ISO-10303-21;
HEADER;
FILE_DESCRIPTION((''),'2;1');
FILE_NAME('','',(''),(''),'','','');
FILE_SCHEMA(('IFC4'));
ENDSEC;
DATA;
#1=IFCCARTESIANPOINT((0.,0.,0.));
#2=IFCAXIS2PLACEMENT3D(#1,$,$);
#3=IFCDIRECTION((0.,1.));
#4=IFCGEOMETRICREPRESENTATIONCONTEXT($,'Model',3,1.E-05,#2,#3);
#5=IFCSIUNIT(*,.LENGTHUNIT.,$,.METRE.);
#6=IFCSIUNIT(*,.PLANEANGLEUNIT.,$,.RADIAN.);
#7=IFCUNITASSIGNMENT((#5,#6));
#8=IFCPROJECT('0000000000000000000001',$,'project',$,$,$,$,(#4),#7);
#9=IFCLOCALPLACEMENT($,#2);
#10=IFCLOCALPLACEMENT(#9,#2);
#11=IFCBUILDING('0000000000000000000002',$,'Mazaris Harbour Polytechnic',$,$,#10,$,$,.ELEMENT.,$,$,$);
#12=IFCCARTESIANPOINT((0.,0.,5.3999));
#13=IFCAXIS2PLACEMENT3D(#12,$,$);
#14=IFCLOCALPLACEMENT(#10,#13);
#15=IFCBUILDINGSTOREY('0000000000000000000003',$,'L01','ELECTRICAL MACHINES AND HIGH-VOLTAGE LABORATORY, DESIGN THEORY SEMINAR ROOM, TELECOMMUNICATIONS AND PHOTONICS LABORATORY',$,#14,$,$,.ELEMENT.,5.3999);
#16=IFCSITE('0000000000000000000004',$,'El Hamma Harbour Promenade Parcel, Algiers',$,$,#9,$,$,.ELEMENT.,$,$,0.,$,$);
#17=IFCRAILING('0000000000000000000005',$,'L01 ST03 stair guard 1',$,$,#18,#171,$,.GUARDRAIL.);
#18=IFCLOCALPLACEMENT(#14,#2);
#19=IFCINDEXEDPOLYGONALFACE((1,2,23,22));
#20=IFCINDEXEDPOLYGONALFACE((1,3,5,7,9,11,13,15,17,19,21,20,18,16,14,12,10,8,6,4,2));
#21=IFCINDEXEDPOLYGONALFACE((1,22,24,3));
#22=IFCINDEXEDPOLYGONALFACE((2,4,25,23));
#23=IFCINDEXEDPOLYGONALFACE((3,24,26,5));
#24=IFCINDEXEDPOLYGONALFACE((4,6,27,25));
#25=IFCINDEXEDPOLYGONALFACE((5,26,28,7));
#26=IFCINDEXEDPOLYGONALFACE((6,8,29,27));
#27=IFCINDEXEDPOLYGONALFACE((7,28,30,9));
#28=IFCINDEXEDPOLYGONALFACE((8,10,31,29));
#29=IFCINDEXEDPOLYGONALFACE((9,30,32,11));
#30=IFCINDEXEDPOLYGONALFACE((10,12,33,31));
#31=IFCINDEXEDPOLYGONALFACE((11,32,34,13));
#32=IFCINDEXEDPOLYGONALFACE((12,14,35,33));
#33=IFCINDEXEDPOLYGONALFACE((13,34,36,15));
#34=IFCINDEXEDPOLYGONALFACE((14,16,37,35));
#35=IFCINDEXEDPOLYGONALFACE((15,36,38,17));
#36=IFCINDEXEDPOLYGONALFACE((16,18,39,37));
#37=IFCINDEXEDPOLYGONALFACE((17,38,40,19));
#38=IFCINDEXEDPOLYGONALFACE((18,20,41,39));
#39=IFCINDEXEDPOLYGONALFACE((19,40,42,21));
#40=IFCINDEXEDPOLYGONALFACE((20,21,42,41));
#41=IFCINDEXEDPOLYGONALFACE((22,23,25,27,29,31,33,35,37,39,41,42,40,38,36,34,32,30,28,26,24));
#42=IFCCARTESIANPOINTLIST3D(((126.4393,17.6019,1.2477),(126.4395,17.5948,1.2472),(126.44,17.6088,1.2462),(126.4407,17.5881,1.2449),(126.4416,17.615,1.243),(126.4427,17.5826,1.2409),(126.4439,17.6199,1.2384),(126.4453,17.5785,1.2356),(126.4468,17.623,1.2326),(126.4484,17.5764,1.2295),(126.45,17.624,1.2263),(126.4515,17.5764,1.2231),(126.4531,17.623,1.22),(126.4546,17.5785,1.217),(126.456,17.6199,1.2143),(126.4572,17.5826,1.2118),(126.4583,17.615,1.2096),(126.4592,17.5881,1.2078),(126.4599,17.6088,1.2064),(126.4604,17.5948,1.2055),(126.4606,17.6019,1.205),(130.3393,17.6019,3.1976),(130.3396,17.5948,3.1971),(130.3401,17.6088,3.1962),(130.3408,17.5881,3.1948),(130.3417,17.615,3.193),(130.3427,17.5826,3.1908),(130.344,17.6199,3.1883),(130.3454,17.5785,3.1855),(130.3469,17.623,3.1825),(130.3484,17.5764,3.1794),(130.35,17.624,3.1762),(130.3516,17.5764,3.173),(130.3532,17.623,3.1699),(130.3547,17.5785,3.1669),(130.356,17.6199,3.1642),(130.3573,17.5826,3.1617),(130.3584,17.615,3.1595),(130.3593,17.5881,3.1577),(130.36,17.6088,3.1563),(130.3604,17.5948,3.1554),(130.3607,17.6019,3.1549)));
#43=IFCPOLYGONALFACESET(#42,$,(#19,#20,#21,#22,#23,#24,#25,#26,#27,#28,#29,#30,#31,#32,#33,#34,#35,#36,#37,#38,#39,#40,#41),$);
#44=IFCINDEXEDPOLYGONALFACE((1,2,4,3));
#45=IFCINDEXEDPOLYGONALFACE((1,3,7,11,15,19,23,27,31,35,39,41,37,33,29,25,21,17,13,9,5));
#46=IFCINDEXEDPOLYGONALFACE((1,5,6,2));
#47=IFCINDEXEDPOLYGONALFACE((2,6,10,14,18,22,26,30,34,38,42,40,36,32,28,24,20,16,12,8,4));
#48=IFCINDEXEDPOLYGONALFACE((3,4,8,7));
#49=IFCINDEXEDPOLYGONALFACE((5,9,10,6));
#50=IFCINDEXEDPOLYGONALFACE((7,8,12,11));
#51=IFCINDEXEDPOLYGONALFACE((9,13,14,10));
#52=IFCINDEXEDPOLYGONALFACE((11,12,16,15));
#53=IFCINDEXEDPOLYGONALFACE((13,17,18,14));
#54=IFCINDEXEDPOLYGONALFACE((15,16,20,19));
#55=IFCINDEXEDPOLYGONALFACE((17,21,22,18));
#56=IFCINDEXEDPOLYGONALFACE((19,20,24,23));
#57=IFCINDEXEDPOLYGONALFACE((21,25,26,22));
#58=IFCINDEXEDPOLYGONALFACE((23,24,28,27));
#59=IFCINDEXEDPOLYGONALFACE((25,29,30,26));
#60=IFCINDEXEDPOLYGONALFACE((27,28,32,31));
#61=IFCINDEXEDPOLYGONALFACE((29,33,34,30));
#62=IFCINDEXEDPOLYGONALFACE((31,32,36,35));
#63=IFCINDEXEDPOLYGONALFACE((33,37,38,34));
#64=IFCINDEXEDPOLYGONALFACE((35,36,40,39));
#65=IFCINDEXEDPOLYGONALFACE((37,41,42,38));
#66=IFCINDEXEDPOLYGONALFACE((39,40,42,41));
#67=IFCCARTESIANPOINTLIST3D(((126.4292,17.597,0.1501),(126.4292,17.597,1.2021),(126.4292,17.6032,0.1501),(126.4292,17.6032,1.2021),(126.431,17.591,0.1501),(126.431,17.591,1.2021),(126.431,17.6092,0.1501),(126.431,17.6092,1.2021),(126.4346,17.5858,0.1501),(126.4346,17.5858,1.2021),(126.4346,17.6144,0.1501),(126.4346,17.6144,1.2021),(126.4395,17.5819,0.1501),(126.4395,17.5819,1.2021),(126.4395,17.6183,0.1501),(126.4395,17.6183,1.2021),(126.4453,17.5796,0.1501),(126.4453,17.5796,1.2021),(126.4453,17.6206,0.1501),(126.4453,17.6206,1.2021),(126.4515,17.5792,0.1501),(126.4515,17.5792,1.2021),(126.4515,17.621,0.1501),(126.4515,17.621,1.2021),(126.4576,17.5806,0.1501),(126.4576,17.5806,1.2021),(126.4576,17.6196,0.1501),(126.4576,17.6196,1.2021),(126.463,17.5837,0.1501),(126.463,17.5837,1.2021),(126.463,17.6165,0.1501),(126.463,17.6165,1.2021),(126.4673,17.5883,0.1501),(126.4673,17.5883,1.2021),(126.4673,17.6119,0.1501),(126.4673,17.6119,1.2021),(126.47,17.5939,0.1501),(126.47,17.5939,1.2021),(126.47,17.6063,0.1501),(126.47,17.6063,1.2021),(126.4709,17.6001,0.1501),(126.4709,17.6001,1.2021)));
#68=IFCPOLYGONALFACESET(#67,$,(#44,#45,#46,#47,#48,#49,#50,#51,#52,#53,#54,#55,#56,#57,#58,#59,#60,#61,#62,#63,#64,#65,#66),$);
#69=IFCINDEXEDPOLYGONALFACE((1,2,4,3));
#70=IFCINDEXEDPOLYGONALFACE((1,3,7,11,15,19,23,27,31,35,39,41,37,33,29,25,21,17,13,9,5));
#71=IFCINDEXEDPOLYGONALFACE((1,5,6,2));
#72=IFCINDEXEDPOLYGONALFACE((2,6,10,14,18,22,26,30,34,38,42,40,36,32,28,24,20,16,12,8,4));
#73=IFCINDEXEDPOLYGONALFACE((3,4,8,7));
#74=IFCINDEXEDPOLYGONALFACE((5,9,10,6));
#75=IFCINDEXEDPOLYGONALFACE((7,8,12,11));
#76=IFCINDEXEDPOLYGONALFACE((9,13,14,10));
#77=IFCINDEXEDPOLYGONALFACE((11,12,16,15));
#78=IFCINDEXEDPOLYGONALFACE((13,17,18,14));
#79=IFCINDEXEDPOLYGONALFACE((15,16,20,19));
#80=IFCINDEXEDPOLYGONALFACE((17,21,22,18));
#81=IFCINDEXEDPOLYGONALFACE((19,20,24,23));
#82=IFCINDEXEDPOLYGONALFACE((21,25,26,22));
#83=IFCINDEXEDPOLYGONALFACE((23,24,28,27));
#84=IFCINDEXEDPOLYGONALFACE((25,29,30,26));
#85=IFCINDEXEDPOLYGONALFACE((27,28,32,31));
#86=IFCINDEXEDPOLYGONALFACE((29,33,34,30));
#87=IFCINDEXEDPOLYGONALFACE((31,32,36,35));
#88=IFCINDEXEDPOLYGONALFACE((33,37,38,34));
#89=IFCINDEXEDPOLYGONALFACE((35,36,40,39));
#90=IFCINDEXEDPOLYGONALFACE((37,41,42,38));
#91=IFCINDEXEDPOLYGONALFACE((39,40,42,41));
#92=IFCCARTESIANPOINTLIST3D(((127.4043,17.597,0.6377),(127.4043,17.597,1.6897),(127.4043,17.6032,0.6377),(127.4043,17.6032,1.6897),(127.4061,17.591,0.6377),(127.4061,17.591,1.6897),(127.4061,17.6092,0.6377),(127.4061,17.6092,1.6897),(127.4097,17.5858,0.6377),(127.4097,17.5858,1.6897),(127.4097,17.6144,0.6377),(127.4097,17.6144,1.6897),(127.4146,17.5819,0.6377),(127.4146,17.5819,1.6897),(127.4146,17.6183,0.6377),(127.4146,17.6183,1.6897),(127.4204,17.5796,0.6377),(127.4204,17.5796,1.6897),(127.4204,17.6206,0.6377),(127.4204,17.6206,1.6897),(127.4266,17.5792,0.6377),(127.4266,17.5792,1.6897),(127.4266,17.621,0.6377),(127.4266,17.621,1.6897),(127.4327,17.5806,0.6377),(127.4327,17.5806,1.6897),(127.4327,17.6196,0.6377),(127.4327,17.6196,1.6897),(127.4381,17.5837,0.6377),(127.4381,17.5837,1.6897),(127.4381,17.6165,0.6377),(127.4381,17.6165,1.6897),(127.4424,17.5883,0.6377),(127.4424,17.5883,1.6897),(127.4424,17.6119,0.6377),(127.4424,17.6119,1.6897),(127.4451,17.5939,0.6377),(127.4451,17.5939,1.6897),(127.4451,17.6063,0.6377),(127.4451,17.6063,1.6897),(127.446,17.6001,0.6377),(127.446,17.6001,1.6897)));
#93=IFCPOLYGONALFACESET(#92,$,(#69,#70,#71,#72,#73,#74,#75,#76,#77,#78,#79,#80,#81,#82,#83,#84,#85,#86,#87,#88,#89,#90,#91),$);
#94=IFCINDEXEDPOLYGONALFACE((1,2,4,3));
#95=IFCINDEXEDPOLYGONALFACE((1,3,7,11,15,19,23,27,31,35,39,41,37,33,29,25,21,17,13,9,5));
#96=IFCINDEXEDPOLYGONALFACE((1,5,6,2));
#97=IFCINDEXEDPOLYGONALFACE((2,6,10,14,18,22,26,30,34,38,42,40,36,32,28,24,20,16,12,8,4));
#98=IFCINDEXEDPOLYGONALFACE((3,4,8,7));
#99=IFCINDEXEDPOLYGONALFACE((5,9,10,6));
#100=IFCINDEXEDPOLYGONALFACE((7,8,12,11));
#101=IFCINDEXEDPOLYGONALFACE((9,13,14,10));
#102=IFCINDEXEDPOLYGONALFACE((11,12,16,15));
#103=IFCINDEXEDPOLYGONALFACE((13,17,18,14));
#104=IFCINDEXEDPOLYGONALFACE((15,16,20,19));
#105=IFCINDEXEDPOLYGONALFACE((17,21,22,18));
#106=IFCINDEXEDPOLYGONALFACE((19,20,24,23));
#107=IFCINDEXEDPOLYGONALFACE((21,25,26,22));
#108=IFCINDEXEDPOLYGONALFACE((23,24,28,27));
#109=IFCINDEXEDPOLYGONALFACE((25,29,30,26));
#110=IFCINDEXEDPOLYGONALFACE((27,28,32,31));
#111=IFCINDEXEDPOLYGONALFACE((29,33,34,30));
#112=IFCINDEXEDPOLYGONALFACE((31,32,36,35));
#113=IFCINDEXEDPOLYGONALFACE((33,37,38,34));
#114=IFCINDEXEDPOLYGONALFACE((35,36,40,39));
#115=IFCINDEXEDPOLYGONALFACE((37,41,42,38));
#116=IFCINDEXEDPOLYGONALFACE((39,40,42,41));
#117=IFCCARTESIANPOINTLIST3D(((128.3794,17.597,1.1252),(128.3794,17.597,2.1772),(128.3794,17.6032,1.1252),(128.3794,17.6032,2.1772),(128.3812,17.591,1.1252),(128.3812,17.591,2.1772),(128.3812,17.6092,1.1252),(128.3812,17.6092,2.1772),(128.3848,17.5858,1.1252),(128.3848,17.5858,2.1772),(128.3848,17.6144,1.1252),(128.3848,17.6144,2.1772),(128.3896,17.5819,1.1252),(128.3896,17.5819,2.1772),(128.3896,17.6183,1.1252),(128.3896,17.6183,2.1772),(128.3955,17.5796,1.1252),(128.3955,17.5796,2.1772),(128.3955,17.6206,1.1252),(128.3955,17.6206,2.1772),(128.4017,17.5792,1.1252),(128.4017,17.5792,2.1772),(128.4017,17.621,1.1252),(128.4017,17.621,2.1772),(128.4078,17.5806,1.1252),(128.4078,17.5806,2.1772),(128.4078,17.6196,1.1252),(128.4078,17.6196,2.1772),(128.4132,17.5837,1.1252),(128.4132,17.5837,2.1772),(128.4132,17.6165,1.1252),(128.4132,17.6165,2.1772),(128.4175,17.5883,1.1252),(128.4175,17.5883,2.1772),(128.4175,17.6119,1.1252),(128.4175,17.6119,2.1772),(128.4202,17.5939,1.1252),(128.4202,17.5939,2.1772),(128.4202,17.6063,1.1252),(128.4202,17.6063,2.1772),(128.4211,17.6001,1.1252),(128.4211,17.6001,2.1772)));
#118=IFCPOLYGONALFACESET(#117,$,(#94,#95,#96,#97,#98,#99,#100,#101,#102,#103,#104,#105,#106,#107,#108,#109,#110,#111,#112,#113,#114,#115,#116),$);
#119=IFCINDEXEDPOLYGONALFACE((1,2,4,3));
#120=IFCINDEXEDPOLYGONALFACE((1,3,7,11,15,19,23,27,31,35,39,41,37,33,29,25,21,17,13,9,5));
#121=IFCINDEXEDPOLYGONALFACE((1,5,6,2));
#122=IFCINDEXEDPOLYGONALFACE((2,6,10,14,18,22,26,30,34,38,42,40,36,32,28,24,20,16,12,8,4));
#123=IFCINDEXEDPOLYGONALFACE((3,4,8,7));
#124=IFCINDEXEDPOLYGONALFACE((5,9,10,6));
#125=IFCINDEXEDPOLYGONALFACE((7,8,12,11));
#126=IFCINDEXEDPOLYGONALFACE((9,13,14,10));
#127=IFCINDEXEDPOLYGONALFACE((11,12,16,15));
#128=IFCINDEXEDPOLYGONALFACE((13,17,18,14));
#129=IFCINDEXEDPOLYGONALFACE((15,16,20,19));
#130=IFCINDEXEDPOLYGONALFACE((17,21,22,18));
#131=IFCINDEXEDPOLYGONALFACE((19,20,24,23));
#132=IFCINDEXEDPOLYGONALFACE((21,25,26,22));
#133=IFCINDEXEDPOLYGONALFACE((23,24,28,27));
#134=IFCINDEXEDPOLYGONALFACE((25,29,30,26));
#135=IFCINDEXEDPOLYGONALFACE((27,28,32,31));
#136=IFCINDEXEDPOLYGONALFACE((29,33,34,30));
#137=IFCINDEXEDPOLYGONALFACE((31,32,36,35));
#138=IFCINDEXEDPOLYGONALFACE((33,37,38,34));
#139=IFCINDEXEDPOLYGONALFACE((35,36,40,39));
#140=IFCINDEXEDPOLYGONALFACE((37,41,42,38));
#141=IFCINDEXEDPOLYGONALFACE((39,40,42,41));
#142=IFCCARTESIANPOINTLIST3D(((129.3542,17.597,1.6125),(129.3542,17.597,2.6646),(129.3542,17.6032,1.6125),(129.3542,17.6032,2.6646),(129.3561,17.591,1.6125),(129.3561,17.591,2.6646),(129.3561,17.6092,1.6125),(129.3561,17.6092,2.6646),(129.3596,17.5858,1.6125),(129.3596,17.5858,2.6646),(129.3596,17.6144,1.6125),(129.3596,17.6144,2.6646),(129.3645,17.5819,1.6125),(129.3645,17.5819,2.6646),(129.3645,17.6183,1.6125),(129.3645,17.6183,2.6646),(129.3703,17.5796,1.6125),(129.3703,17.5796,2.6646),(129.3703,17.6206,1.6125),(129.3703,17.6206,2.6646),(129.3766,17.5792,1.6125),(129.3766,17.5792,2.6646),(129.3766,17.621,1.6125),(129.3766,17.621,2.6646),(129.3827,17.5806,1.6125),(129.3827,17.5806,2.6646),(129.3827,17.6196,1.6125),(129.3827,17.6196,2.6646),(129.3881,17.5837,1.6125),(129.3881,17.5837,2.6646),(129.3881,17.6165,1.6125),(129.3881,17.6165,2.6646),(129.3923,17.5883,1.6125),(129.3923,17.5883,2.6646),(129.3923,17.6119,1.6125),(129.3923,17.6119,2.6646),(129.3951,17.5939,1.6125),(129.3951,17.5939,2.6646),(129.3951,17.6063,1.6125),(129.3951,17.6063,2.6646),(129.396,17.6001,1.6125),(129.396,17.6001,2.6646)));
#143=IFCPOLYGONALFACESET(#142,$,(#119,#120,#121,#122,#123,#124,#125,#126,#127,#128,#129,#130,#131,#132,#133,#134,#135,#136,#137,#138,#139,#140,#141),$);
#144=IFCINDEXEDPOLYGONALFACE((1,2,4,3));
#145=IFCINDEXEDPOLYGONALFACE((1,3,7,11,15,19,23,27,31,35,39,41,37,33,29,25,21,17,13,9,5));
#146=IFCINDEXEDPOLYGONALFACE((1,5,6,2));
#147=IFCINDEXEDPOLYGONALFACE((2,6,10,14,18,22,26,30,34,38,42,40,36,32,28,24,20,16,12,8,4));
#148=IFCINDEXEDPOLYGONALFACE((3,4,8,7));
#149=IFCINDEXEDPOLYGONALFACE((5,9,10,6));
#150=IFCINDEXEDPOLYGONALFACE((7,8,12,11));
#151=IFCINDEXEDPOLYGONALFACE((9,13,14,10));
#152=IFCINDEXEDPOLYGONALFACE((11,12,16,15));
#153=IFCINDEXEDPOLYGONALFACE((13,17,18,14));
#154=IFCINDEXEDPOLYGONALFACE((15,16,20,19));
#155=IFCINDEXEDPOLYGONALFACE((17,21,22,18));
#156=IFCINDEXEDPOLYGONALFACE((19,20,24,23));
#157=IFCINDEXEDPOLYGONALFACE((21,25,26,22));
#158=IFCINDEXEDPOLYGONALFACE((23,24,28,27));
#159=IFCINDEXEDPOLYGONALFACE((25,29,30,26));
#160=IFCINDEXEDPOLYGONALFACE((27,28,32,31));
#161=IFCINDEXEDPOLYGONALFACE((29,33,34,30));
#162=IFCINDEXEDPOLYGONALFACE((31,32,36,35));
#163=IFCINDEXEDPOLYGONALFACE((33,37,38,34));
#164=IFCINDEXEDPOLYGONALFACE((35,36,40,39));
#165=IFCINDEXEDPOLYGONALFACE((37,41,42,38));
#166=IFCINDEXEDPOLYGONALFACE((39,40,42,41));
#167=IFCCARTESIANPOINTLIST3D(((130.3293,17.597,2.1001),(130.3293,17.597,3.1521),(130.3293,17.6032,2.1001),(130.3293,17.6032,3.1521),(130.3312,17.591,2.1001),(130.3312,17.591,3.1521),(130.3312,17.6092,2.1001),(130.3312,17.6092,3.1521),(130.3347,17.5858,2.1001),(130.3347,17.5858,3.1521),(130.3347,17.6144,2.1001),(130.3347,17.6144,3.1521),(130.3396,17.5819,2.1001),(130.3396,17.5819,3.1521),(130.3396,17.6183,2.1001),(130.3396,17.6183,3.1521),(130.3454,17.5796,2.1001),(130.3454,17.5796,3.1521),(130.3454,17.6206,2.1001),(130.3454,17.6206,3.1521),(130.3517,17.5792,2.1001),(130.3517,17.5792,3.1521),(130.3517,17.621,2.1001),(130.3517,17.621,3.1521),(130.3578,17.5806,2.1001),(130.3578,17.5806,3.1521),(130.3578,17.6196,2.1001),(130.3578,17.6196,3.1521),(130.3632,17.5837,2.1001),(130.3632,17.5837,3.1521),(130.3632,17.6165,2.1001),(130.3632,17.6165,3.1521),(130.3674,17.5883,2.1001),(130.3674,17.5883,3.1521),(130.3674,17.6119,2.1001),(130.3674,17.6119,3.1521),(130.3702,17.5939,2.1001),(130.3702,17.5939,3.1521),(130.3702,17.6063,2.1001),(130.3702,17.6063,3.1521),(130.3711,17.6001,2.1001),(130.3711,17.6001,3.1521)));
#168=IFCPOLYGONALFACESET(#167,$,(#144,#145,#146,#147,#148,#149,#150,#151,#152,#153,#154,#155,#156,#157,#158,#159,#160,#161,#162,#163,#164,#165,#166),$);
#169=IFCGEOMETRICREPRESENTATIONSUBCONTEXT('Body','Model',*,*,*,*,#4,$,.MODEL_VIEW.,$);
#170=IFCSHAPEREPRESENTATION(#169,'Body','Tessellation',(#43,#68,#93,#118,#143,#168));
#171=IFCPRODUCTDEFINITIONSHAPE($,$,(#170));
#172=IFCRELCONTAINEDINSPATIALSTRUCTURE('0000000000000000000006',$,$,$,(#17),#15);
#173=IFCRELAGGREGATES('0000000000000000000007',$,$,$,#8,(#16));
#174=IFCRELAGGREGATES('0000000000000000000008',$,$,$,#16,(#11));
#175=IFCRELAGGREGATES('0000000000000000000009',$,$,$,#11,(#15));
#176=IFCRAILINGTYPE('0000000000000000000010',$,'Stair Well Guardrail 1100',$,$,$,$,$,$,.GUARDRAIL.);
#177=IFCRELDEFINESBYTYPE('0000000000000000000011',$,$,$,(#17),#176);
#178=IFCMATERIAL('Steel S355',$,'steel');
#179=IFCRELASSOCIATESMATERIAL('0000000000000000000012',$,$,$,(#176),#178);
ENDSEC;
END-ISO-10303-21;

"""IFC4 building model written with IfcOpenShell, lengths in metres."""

from ifc_helpers import new_model, si_unit, direction, frame, origin, origin_2d, place, context, subcontext, project, spatial, circle, extrude, material, type_object, element, save


model = new_model("IFC4")

# Units and contexts
model_context = context("Model", 3, precision=1e-05, world=origin(), true_north=direction((0.0, 1.0)))
body_context = subcontext(model_context, "Body", "Model", "MODEL_VIEW")
ifc_project = project(units=[si_unit("LENGTHUNIT", "METRE"), si_unit("PLANEANGLEUNIT", "RADIAN")], contexts=[model_context])

# Site, building, storey
site_placement = place(None, origin())
site = spatial("IfcSite", under=ifc_project, at=site_placement, Name="El Hamma Harbour Promenade Parcel, Algiers", CompositionType="ELEMENT", RefElevation=0.0)
building_placement = place(site_placement, origin())
building = spatial("IfcBuilding", under=site, at=building_placement, Name="Mazaris Harbour Polytechnic", CompositionType="ELEMENT")
storey_placement = place(building_placement, frame((0.0, 0.0, 5.3999)))
storey = spatial("IfcBuildingStorey", under=building, at=storey_placement, Name="L01", Description="ELECTRICAL MACHINES AND HIGH-VOLTAGE LABORATORY, DESIGN THEORY SEMINAR ROOM, TELECOMMUNICATIONS AND PHOTONICS LABORATORY", CompositionType="ELEMENT", Elevation=5.3999)

# Railing
ifc_material_1 = material(Name="Steel S355", Category="steel")
railing_type_1 = type_object("IfcRailingType", Name="Stair Well Guardrail 1100", PredefinedType="GUARDRAIL", material=ifc_material_1)
railing_1_placement = place(storey_placement, frame((126.45, 17.6001, 0.1501)))
element("IfcRailing", 1, at=railing_1_placement, inside=storey, type_object=railing_type_1, Name="L01 ST03 stair guard 1", PredefinedType="GUARDRAIL", context=body_context, shape_type="SweptSolid", body=[
    extrude(circle(Radius=0.0239, at=origin_2d()), frame((0.0, 0.0, 1.0762), z_axis=(0.894438, 0.0, 0.447191), x_axis=(0.0, 1.0, 0.0)), (0.0, 0.0, 1.0), 4.3604),
    extrude(circle(Radius=0.021, at=origin_2d()), origin(), (0.0, 0.0, 1.0), 1.052),
    extrude(circle(Radius=0.021, at=origin_2d()), frame((0.9751, 0.0, 0.4875)), (0.0, 0.0, 1.0), 1.052),
    extrude(circle(Radius=0.021, at=origin_2d()), frame((1.9502, 0.0, 0.9751)), (0.0, 0.0, 1.0), 1.052),
    extrude(circle(Radius=0.021, at=origin_2d()), frame((2.925, 0.0, 1.4624)), (0.0, 0.0, 1.0), 1.052),
    extrude(circle(Radius=0.021, at=origin_2d()), frame((3.9001, 0.0, 1.95)), (0.0, 0.0, 1.0), 1.052),
])

save(model, "model.ifc")
